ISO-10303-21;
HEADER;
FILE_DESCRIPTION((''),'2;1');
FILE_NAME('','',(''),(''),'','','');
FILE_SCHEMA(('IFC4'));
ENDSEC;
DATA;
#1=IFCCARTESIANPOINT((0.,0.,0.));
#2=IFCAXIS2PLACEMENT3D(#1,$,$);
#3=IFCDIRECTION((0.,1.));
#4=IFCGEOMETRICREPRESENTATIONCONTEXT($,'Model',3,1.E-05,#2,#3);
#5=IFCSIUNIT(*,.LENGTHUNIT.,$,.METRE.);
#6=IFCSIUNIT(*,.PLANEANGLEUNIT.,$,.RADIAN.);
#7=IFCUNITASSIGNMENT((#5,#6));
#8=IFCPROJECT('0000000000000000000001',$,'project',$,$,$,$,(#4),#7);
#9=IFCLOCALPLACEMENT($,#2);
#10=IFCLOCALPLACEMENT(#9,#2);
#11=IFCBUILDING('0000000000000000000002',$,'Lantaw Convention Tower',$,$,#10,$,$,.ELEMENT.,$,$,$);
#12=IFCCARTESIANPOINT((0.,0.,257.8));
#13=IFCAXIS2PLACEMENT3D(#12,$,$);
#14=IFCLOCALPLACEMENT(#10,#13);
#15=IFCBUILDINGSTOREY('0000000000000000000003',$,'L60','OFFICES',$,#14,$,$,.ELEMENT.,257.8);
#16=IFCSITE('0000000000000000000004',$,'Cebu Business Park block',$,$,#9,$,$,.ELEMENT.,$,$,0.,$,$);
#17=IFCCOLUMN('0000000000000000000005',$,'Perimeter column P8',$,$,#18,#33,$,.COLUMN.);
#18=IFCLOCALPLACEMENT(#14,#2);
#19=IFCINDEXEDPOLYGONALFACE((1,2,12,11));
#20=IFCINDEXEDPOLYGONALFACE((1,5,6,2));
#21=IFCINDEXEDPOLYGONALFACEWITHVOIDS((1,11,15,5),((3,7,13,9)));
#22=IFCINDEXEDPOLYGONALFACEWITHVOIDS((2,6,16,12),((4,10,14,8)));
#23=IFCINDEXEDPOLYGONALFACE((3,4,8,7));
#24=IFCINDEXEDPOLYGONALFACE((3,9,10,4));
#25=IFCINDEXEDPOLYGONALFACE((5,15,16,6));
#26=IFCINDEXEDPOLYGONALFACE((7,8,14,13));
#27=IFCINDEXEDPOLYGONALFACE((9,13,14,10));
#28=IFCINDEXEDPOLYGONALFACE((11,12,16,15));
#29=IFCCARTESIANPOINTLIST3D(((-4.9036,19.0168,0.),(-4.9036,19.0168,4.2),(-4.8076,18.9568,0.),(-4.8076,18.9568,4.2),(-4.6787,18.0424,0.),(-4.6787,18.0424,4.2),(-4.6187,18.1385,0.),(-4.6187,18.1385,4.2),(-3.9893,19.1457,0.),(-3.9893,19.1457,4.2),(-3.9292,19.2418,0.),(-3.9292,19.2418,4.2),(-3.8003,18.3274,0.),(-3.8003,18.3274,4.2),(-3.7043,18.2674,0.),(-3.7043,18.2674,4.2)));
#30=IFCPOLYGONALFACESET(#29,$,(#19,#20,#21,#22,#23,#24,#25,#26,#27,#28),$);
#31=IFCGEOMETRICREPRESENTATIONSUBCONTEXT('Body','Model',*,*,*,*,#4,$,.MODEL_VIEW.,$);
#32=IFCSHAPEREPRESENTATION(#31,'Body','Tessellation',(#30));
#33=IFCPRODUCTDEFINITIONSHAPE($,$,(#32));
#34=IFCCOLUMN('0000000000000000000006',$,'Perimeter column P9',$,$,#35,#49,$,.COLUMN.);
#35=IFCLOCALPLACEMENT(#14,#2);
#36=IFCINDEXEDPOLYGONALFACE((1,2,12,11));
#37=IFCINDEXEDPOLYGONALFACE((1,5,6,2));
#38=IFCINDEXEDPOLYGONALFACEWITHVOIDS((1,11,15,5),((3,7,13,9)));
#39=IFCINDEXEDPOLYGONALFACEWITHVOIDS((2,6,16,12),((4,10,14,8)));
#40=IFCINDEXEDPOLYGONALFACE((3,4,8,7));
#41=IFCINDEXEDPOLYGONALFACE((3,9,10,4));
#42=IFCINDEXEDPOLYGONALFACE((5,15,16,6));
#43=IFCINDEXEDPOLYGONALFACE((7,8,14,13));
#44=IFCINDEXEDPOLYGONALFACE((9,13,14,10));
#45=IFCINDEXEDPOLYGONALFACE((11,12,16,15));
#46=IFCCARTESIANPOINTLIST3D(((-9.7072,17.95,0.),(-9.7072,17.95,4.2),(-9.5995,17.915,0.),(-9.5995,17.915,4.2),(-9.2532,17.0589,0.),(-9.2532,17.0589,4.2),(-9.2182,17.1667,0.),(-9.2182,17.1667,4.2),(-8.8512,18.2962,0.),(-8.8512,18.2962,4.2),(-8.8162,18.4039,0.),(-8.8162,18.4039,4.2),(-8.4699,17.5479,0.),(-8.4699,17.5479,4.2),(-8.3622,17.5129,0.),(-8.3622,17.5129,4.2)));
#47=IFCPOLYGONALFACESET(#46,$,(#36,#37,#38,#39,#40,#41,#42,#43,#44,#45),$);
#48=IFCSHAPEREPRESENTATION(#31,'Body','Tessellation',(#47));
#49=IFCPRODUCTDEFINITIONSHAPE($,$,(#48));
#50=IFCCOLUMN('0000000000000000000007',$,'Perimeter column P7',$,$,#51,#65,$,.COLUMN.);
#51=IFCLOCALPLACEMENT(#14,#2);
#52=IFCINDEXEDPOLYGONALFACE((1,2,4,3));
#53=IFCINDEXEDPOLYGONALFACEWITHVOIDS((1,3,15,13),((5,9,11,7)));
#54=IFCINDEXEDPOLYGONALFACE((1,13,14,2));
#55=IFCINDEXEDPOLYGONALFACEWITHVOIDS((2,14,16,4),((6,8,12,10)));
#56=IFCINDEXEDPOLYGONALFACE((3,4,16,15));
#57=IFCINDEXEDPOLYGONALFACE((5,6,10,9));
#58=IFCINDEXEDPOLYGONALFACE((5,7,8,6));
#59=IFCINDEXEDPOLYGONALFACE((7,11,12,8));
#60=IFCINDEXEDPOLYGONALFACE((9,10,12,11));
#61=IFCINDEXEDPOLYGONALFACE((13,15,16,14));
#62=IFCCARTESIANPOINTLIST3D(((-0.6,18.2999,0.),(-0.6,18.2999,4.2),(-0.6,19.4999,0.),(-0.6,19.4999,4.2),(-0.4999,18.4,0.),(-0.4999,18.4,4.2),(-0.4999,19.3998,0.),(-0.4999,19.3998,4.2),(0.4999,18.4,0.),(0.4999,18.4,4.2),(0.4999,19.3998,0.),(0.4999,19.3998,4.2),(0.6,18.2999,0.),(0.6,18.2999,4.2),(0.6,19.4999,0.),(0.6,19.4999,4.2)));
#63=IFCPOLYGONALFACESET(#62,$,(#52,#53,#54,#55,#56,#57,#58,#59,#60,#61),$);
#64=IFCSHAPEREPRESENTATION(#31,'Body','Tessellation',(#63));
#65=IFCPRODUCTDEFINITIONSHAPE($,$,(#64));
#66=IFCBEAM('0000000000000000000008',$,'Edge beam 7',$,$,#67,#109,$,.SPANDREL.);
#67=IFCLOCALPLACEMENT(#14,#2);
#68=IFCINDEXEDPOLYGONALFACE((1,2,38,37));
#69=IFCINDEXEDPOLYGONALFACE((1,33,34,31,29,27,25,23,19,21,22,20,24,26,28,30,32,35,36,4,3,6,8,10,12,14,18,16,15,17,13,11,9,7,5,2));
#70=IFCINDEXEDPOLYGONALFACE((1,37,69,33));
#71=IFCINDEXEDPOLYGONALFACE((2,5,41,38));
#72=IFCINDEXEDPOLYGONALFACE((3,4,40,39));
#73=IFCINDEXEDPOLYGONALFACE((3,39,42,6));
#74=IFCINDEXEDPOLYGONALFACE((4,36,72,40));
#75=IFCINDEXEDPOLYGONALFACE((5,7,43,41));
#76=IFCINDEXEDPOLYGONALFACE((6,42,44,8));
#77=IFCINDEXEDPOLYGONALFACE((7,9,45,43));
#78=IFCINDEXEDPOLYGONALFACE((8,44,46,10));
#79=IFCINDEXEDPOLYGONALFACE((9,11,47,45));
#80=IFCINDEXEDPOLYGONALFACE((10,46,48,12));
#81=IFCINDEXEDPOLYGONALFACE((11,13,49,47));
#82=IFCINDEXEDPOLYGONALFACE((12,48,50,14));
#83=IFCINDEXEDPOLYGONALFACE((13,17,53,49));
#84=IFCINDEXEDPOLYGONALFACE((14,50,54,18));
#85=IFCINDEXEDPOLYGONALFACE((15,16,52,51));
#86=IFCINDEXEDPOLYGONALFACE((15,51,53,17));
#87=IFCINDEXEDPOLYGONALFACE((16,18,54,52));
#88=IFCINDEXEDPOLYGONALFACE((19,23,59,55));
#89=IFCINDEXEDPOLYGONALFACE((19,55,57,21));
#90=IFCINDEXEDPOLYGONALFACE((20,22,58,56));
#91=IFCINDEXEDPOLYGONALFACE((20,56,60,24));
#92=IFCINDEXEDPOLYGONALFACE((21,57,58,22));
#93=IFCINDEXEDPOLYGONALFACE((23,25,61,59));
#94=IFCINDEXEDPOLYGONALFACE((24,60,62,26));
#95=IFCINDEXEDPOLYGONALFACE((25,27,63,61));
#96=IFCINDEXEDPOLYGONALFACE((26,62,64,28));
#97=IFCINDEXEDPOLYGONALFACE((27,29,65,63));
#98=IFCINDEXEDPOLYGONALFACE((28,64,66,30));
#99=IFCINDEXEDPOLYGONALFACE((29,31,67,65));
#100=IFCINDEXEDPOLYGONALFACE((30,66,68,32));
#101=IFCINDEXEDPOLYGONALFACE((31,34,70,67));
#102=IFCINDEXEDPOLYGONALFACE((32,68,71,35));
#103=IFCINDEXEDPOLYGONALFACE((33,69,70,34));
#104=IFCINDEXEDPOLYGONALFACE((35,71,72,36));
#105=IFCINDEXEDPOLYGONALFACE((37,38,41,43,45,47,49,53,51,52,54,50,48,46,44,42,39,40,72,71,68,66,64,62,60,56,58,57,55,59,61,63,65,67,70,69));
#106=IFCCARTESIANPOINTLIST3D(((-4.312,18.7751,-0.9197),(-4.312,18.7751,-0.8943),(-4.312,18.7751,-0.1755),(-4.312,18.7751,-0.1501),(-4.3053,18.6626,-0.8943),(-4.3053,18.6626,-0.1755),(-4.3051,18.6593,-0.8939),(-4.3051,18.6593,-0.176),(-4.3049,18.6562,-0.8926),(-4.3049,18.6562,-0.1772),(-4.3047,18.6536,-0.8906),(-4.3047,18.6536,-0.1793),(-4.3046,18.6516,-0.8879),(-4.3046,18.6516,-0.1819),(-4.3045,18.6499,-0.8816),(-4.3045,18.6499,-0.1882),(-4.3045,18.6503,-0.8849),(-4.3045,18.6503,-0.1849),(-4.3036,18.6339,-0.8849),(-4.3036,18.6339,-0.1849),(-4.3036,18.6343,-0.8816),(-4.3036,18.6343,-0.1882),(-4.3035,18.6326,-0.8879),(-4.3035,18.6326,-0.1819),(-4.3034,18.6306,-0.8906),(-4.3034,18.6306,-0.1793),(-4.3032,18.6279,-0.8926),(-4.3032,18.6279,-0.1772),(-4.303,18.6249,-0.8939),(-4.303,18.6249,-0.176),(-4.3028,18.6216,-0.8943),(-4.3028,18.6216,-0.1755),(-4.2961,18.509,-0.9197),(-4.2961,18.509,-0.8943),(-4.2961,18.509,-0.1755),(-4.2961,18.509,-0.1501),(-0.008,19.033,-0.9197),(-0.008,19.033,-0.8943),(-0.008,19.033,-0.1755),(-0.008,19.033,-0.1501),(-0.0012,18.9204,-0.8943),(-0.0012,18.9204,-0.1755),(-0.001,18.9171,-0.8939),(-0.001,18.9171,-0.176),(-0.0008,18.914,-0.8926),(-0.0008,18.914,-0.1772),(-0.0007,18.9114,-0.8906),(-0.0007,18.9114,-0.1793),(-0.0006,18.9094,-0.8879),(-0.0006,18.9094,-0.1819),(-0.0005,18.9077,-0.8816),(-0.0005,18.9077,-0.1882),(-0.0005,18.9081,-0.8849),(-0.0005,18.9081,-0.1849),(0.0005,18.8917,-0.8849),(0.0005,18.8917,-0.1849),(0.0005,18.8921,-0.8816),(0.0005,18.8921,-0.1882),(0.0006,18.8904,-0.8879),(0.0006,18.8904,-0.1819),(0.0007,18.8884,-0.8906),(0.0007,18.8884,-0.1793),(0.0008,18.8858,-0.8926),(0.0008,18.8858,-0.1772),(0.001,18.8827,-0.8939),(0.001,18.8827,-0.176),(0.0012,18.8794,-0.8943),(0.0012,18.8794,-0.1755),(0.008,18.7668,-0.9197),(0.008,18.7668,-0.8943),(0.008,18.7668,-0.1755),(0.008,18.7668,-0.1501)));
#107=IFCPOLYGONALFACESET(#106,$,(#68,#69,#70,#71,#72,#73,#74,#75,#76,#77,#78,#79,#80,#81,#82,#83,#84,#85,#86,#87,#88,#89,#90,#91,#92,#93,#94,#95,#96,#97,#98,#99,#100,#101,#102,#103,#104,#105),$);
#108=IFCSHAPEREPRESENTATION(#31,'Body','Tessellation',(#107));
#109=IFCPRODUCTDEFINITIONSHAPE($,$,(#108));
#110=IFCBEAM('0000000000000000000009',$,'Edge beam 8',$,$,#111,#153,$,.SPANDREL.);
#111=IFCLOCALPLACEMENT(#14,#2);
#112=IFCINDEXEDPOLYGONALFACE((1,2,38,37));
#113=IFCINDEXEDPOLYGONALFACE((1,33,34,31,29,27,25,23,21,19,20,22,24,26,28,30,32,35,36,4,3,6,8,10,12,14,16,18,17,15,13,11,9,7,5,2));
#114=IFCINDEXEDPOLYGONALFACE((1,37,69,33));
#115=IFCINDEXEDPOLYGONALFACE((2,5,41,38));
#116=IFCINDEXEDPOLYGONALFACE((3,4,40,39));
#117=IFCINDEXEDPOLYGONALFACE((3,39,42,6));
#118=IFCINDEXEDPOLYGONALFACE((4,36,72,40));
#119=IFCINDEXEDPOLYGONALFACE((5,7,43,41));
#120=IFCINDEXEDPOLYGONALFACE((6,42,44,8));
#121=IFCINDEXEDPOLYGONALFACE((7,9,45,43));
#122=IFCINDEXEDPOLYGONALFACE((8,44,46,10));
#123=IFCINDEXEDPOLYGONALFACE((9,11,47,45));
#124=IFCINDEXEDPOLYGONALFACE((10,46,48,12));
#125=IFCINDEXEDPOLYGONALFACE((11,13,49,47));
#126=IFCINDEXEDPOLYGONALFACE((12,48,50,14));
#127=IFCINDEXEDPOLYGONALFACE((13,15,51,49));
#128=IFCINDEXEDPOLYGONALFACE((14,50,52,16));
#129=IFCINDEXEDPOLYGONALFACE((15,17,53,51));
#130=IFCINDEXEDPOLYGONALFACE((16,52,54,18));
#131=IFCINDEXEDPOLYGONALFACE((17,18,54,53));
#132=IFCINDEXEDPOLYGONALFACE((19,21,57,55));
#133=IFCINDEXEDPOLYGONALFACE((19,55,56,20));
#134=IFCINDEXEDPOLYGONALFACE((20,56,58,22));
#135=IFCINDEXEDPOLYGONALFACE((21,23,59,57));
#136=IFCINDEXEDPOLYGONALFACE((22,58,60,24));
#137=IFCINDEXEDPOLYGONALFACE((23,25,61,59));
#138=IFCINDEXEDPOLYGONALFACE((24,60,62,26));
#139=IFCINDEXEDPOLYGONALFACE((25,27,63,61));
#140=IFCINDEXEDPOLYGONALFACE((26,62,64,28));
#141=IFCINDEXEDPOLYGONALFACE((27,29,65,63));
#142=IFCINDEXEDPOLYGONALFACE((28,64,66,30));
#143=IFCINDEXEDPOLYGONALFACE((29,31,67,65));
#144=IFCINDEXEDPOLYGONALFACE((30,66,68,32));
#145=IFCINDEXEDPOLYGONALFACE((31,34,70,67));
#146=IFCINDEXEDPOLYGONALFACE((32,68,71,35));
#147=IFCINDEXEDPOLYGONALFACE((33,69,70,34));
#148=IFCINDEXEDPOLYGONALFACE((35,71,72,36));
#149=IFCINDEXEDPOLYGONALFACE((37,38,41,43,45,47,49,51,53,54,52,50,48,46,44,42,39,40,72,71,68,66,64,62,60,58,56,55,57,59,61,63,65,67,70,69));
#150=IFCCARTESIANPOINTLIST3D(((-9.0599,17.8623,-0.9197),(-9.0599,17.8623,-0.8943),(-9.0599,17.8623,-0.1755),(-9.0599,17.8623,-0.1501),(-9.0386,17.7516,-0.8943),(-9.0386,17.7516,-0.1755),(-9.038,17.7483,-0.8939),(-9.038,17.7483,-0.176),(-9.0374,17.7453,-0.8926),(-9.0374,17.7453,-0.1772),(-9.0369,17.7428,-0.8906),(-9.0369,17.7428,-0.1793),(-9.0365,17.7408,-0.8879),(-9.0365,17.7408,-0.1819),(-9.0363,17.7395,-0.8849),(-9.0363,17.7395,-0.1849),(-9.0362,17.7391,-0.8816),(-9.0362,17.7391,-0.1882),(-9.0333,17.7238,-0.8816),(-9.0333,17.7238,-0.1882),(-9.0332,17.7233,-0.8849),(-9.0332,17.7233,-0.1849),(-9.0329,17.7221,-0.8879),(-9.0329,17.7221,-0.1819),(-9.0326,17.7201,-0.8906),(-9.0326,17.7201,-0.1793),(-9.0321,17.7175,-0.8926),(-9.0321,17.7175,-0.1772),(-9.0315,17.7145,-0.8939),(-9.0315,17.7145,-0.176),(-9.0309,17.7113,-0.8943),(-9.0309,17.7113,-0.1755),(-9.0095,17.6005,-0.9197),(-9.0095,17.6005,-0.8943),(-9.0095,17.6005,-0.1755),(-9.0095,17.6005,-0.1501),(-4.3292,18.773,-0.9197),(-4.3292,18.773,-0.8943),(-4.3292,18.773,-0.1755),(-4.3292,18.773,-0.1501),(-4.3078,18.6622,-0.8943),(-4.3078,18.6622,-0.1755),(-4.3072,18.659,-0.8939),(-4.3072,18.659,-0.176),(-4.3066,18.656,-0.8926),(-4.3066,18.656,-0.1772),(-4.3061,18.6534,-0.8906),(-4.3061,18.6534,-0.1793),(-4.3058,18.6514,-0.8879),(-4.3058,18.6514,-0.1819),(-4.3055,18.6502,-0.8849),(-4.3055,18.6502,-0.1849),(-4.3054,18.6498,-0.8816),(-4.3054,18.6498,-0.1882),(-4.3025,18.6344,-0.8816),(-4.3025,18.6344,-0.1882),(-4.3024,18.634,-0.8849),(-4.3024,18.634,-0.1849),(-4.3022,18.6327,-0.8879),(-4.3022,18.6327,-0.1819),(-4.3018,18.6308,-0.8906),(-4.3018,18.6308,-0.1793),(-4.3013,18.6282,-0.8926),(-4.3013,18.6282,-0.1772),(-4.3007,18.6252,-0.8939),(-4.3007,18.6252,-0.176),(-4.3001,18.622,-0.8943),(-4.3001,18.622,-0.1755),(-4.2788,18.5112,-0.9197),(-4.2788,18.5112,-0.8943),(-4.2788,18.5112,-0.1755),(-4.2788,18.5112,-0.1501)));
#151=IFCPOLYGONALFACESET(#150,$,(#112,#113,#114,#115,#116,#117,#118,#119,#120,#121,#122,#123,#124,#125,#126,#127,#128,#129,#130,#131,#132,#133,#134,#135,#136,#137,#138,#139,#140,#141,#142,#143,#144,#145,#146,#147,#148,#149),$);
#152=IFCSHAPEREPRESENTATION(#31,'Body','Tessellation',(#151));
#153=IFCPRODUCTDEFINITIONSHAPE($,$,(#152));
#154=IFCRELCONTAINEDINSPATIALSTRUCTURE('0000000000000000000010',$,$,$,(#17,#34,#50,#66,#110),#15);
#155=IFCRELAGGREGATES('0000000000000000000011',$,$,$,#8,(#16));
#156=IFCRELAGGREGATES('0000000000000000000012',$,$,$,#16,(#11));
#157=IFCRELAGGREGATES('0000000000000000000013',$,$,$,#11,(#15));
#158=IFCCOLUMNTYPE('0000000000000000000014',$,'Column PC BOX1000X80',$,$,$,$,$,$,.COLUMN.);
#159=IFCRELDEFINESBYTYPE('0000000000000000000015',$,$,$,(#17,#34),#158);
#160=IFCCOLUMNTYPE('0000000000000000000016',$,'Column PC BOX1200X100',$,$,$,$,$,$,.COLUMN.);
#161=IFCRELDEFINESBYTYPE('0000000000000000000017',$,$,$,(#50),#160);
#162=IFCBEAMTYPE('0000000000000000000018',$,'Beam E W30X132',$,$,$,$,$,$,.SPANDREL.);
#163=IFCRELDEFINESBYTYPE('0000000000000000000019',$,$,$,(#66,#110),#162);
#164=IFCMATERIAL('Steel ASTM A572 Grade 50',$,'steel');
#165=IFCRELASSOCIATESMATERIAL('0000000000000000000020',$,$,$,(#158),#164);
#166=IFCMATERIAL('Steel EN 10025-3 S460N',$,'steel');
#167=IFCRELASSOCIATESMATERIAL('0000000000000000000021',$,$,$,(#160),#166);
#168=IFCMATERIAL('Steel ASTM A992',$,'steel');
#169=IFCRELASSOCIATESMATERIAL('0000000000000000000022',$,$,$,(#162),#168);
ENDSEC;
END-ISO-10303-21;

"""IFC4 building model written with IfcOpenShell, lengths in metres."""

from ifc_helpers import new_model, si_unit, direction, frame, origin, origin_2d, place, context, subcontext, project, spatial, rectangle, hollow_rectangle, i_section, extrude, material, material_profile, profile_set, type_object, element, save


model = new_model("IFC4")

# Units and contexts
model_context = context("Model", 3, precision=1e-05, world=origin(), true_north=direction((0.0, 1.0)))
body_context = subcontext(model_context, "Body", "Model", "MODEL_VIEW")
ifc_project = project(units=[si_unit("LENGTHUNIT", "METRE"), si_unit("PLANEANGLEUNIT", "RADIAN")], contexts=[model_context])

# Site, building, storey
site_placement = place(None, origin())
site = spatial("IfcSite", under=ifc_project, at=site_placement, Name="Cebu Business Park block", CompositionType="ELEMENT", RefElevation=0.0)
building_placement = place(site_placement, origin())
building = spatial("IfcBuilding", under=site, at=building_placement, Name="Lantaw Convention Tower", CompositionType="ELEMENT")
storey_placement = place(building_placement, frame((0.0, 0.0, 257.8)))
storey = spatial("IfcBuildingStorey", under=building, at=storey_placement, Name="L60", Description="OFFICES", CompositionType="ELEMENT", Elevation=257.8)

# Columns
ifc_material_1 = material(Name="Steel ASTM A572 Grade 50", Category="steel")
ifc_material_profile_1 = material_profile(ifc_material_1, hollow_rectangle(XDim=1.0, YDim=1.0, WallThickness=0.0801, at=origin_2d()), Name="BOX1000X80")
ifc_material_2 = material(Name="Concrete C60/75", Category="concrete")
ifc_material_profile_2 = material_profile(ifc_material_2, rectangle(XDim=0.8401, YDim=0.8401, at=origin_2d()), Name="Concrete fill of BOX1000X80")
ifc_profile_set_1 = profile_set([ifc_material_profile_1, ifc_material_profile_2], Name="Steel ASTM A572 Grade 50")
column_type_1 = type_object("IfcColumnType", Name="Column PC BOX1000X80", PredefinedType="COLUMN", material=ifc_profile_set_1)
for number, where, z_axis, x_axis, name in (
    (1, (-4.304, 18.6421, 0.0), (0.0, 0.0, 1.0), (0.97437, 0.224951, 0.0), "Perimeter column P8"),
    (2, (-9.0347, 17.7314, 0.0), (0.0, 0.0, 1.0), (0.891007, 0.45399, 0.0), "Perimeter column P9"),
):
    element("IfcColumn", number, at=place(storey_placement, frame(where, z_axis=z_axis, x_axis=x_axis)), inside=storey, type_object=column_type_1, Name=name, PredefinedType="COLUMN", context=body_context, shape_type="SweptSolid", body=[
        extrude(hollow_rectangle(XDim=1.0, YDim=1.0, WallThickness=0.0801, at=origin_2d()), origin(), (0.0, 0.0, 1.0), 4.2),
    ])
ifc_material_3 = material(Name="Steel EN 10025-3 S460N", Category="steel")
ifc_material_profile_3 = material_profile(ifc_material_3, hollow_rectangle(XDim=1.2, YDim=1.2, WallThickness=0.1001, at=origin_2d()), Name="BOX1200X100")
ifc_material_profile_4 = material_profile(ifc_material_2, rectangle(XDim=1.0, YDim=1.0, at=origin_2d()), Name="Concrete fill of BOX1200X100")
ifc_profile_set_2 = profile_set([ifc_material_profile_3, ifc_material_profile_4], Name="Steel EN 10025-3 S460N")
column_type_2 = type_object("IfcColumnType", Name="Column PC BOX1200X100", PredefinedType="COLUMN", material=ifc_profile_set_2)
column_placement = place(storey_placement, frame((0.0, 18.8999, 0.0), z_axis=(0.0, 0.0, 1.0), x_axis=(1.0, 0.0, 0.0)))
element("IfcColumn", 3, at=column_placement, inside=storey, type_object=column_type_2, Name="Perimeter column P7", PredefinedType="COLUMN", context=body_context, shape_type="SweptSolid", body=[
    extrude(hollow_rectangle(XDim=1.2, YDim=1.2, WallThickness=0.1001, at=origin_2d()), origin(), (0.0, 0.0, 1.0), 4.2),
])

# Beams
ifc_material_4 = material(Name="Steel ASTM A992", Category="steel")
ifc_material_profile_5 = material_profile(ifc_material_4, i_section(OverallWidth=0.2666, OverallDepth=0.7695, WebThickness=0.0156, FlangeThickness=0.0254, FilletRadius=0.0127, at=origin_2d()), Name="W30X132")
ifc_profile_set_3 = profile_set([ifc_material_profile_5], Name="Steel ASTM A992")
beam_type_1 = type_object("IfcBeamType", Name="Beam E W30X132", PredefinedType="SPANDREL", material=ifc_profile_set_3)
beam_1_placement = place(storey_placement, frame((0.0, 18.8999, -0.5349), z_axis=(-0.998211, -0.059794, 0.0), x_axis=(0.059794, -0.998211, 0.0)))
element("IfcBeam", 4, at=beam_1_placement, inside=storey, type_object=beam_type_1, Name="Edge beam 7", PredefinedType="SPANDREL", context=body_context, shape_type="SweptSolid", body=[
    extrude(i_section(OverallWidth=0.2666, OverallDepth=0.7695, WebThickness=0.0156, FlangeThickness=0.0254, FilletRadius=0.0127, at=origin_2d()), origin(), (0.0, 0.0, 1.0), 4.3118),
])
beam_2_placement = place(storey_placement, frame((-4.304, 18.6421, -0.5349), z_axis=(-0.981972, -0.189026, 0.0), x_axis=(0.189026, -0.981972, 0.0)))
element("IfcBeam", 5, at=beam_2_placement, inside=storey, type_object=beam_type_1, Name="Edge beam 8", PredefinedType="SPANDREL", context=body_context, shape_type="SweptSolid", body=[
    extrude(i_section(OverallWidth=0.2666, OverallDepth=0.7695, WebThickness=0.0156, FlangeThickness=0.0254, FilletRadius=0.0127, at=origin_2d()), origin(), (0.0, 0.0, 1.0), 4.8176),
])

save(model, "model.ifc")
